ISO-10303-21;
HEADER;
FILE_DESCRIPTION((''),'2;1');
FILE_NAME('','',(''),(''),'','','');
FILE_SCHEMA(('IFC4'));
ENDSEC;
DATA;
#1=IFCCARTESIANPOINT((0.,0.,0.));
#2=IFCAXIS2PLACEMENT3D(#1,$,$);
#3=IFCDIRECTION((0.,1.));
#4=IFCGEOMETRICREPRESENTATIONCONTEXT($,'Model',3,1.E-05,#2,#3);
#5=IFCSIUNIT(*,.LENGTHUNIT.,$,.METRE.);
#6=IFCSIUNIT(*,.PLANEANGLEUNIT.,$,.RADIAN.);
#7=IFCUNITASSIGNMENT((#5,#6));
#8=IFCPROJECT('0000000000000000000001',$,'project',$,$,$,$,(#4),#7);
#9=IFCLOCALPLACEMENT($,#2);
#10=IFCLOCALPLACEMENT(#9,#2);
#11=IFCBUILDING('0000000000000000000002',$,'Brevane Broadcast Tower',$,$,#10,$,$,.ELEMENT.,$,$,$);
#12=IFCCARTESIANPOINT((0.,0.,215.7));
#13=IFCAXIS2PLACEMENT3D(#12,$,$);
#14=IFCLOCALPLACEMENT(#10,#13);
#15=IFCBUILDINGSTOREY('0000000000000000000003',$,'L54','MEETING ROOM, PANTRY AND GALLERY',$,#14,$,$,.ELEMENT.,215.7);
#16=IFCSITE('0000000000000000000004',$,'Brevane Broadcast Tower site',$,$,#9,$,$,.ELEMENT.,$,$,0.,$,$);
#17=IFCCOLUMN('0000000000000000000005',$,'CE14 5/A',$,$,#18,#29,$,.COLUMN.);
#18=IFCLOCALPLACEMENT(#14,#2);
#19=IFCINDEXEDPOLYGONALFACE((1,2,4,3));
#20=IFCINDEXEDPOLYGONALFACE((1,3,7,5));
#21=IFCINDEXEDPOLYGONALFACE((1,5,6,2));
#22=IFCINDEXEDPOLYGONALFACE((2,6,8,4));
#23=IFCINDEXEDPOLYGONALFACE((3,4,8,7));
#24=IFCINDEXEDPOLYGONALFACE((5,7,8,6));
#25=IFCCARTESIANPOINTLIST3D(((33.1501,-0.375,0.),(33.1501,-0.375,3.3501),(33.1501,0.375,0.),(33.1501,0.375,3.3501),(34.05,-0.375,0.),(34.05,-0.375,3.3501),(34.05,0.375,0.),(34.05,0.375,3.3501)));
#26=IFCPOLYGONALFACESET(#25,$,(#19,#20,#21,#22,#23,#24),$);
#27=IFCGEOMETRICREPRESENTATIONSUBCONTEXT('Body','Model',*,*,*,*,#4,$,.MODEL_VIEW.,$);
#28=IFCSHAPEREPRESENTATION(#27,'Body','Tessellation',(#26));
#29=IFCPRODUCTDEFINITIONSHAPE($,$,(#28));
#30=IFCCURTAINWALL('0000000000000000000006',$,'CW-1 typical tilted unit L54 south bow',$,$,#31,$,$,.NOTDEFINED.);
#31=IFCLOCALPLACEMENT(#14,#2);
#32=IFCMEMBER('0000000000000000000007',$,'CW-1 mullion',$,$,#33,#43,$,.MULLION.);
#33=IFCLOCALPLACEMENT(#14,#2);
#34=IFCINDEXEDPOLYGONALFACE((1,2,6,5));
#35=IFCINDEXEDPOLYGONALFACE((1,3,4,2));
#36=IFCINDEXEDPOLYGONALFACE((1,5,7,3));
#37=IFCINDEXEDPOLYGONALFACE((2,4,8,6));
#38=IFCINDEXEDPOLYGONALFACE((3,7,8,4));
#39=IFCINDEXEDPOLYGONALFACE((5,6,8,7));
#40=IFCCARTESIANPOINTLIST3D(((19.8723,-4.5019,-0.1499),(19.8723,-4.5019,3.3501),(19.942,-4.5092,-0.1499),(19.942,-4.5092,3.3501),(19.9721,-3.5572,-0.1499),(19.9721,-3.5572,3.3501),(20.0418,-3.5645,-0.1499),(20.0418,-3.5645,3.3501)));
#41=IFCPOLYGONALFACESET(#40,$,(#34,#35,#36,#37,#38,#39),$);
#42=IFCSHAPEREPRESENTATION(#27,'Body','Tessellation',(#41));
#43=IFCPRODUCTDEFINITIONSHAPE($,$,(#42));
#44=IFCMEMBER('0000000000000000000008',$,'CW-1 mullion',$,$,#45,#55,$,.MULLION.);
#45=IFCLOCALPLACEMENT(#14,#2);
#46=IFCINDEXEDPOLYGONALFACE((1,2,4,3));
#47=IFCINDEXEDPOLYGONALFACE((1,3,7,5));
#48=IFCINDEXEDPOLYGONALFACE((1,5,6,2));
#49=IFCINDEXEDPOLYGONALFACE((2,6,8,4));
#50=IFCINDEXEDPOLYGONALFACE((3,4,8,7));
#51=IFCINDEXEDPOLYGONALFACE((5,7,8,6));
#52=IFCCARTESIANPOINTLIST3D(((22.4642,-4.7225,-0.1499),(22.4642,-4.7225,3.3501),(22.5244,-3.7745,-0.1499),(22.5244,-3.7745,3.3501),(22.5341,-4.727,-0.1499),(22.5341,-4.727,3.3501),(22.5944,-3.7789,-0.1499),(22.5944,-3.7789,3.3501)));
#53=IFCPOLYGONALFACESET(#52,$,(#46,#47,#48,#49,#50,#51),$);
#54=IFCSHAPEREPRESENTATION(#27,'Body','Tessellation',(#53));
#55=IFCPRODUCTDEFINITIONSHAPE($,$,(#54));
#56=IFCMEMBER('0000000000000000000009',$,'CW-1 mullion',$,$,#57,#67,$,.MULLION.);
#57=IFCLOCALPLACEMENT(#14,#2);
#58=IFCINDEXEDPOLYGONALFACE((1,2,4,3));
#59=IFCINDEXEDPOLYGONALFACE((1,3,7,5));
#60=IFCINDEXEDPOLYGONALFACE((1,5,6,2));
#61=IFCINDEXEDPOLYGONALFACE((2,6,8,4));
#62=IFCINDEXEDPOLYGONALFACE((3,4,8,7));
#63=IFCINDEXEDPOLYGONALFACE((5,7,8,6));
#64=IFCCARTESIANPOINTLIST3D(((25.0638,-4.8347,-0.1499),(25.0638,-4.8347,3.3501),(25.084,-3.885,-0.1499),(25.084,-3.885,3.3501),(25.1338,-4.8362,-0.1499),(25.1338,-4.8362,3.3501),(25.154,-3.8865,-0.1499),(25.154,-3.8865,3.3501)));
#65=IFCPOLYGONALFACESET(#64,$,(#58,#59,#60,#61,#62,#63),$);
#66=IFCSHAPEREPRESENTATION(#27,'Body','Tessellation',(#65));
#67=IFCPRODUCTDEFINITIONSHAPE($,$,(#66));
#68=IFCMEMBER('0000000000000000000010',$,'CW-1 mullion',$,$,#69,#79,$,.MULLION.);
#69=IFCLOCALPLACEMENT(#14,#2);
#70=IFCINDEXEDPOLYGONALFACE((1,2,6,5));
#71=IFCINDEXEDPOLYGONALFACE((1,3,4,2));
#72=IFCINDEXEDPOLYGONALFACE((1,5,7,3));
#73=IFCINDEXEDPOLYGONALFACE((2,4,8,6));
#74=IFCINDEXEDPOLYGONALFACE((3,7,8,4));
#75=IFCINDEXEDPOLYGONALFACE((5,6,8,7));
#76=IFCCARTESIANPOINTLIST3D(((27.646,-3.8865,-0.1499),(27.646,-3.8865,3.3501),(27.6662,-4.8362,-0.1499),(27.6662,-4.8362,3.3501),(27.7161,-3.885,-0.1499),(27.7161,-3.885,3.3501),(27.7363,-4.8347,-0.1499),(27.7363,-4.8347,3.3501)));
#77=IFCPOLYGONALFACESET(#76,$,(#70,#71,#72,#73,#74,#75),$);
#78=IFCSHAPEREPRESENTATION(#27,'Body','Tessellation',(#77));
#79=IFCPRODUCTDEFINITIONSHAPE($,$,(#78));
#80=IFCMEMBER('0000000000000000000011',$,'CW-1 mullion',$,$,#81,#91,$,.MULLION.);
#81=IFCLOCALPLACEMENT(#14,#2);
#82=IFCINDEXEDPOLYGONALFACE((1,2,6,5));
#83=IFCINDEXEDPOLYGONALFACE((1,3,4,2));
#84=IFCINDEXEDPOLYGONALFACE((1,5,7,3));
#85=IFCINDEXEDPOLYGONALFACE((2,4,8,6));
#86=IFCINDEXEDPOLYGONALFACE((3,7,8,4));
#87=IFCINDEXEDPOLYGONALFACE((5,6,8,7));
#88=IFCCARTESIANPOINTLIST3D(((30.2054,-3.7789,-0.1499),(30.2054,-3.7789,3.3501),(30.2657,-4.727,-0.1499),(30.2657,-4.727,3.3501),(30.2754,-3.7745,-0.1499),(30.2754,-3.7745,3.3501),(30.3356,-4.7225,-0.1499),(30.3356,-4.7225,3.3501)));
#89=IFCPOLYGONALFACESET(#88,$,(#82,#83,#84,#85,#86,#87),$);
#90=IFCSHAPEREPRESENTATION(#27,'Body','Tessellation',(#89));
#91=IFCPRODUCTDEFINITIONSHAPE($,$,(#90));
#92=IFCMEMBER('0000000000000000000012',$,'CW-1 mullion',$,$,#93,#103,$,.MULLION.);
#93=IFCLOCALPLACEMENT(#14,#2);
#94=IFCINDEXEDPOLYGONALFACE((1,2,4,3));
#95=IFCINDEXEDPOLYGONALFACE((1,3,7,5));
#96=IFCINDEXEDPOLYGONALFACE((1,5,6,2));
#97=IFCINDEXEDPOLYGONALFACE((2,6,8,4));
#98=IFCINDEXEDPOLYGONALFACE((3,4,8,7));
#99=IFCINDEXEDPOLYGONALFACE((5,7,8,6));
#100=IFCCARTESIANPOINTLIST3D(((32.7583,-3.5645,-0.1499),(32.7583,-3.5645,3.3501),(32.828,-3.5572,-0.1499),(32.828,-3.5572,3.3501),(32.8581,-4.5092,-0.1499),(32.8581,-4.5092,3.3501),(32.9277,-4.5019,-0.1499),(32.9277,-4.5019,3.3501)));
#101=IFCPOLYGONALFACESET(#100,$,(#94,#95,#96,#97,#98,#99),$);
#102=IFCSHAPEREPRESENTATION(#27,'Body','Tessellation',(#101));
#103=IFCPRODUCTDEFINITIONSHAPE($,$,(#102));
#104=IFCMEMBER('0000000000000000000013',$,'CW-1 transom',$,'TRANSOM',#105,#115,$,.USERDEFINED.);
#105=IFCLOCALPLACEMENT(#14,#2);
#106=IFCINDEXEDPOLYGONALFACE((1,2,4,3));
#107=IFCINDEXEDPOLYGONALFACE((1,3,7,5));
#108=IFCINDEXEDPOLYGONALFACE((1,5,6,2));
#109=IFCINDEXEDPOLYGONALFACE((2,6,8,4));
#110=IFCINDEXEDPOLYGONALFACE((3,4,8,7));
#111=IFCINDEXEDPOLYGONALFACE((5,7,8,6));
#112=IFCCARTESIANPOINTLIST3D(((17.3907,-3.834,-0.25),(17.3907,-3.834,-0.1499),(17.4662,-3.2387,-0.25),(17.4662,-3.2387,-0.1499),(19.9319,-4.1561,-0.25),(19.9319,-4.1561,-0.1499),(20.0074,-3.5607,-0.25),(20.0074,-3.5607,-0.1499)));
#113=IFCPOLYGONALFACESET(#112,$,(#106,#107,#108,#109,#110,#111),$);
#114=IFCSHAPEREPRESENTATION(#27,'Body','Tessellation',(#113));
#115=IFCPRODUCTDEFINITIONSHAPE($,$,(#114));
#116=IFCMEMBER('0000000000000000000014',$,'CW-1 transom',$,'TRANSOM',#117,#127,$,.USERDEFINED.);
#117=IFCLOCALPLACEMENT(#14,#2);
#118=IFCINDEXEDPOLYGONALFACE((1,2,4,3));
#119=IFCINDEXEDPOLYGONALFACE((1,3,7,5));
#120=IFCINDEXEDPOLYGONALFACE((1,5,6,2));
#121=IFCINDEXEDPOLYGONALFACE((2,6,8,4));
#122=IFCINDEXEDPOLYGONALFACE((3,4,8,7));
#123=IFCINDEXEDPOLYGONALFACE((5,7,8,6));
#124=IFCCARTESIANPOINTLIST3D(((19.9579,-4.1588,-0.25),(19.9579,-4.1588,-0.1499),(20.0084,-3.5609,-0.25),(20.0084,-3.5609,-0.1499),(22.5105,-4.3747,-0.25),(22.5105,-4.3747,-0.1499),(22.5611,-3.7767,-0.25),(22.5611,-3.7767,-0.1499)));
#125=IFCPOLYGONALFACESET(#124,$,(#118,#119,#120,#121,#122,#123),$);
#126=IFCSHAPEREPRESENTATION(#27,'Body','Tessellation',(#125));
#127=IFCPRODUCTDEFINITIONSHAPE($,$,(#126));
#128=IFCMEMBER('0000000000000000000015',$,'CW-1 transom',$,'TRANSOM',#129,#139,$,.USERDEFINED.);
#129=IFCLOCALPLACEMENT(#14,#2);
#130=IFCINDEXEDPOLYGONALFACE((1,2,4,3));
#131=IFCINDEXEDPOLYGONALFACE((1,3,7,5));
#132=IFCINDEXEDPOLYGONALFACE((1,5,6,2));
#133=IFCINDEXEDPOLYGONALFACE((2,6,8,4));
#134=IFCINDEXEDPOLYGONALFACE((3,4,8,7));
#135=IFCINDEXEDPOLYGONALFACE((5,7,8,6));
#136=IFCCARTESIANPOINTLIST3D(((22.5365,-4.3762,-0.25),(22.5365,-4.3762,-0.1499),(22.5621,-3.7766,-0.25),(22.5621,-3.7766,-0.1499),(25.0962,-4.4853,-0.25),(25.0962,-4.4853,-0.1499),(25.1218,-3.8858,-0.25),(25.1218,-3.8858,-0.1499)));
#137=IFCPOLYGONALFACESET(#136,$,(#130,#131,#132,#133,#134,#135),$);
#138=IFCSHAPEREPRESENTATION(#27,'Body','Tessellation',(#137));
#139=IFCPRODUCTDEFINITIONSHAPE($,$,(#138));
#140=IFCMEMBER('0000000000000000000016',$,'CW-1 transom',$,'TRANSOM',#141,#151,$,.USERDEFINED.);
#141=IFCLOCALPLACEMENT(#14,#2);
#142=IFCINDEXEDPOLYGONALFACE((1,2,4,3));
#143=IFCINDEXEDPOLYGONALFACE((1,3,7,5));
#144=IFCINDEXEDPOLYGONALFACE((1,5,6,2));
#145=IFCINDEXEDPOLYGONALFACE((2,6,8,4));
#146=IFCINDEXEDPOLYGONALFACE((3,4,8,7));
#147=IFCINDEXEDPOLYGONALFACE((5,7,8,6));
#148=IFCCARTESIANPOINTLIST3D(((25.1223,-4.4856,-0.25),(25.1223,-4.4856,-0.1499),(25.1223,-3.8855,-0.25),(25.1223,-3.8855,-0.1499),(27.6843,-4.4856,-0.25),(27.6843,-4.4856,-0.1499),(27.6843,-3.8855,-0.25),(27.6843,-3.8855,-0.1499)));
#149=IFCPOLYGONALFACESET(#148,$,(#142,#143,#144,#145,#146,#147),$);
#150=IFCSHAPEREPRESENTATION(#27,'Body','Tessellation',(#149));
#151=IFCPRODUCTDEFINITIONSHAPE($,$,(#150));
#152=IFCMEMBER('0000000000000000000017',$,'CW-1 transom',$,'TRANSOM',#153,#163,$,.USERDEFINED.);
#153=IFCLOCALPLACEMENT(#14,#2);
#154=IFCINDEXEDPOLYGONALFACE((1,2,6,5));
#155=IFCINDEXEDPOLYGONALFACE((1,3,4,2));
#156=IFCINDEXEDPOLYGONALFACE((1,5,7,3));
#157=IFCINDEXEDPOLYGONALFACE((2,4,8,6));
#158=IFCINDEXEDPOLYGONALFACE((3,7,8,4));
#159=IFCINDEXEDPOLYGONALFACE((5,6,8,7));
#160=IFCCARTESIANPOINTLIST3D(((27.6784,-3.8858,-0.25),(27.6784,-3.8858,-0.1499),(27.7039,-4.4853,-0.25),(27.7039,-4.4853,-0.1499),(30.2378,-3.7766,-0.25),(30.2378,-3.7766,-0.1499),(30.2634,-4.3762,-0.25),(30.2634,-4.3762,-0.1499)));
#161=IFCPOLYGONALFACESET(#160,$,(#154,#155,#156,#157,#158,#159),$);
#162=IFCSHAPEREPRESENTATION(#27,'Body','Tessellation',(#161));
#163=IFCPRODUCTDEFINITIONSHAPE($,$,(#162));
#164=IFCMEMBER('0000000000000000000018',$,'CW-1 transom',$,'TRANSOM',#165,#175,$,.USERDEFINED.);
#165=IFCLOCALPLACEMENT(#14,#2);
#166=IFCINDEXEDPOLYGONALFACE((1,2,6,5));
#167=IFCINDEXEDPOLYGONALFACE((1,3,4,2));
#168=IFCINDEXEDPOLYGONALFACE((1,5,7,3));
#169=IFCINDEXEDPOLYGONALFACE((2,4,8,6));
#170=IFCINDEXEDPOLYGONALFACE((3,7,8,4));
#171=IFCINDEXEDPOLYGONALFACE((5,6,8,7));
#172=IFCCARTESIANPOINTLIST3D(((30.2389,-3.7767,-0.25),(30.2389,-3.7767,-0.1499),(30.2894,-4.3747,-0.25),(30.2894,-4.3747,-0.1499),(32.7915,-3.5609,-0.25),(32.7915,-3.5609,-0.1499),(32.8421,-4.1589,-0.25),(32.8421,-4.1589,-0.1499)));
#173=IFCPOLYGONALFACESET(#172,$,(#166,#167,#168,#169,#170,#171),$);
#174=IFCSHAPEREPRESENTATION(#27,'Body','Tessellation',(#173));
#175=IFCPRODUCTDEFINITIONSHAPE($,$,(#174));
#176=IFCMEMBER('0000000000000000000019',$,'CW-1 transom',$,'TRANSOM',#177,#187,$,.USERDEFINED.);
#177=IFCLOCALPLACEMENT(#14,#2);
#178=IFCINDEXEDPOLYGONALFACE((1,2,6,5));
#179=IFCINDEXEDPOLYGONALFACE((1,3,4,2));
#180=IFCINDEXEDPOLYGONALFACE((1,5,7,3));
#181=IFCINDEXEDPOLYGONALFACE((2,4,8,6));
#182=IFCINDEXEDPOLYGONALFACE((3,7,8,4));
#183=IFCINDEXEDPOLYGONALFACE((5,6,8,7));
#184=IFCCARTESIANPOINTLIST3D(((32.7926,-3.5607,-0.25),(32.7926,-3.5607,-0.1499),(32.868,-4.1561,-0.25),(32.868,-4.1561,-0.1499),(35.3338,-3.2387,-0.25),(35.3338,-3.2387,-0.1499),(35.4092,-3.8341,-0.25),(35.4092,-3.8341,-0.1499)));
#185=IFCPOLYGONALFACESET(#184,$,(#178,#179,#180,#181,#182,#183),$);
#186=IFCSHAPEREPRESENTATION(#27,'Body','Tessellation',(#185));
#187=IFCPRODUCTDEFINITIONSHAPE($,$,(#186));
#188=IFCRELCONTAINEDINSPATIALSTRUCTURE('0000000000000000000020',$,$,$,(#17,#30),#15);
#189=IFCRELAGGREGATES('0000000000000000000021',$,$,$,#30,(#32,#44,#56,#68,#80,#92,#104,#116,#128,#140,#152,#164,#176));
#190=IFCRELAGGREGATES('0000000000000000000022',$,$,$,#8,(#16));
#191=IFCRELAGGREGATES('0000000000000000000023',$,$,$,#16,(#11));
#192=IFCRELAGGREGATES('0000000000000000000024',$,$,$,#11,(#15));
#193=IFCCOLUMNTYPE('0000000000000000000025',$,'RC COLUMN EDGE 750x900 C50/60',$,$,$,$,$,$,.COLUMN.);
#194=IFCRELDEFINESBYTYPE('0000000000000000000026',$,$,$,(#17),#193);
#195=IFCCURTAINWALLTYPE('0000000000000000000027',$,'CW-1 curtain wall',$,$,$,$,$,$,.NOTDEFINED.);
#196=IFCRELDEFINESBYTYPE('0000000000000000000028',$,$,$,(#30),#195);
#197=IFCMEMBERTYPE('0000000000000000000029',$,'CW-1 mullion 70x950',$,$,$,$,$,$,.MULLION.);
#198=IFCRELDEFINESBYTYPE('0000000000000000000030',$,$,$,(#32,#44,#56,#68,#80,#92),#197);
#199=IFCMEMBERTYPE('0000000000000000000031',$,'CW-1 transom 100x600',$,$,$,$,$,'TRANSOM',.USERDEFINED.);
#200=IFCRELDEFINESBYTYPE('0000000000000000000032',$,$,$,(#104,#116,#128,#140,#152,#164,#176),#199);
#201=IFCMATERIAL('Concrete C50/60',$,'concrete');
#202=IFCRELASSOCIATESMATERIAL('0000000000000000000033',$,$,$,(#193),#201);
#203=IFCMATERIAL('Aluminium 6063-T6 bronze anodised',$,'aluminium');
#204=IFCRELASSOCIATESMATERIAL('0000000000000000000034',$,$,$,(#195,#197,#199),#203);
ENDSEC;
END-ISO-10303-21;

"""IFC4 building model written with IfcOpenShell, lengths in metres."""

from ifc_helpers import new_model, si_unit, direction, frame, origin, origin_2d, place, context, subcontext, project, spatial, rectangle, extrude, material, material_profile, profile_set, type_object, element, aggregate, save


model = new_model("IFC4")

# Units and contexts
model_context = context("Model", 3, precision=1e-05, world=origin(), true_north=direction((0.0, 1.0)))
body_context = subcontext(model_context, "Body", "Model", "MODEL_VIEW")
ifc_project = project(units=[si_unit("LENGTHUNIT", "METRE"), si_unit("PLANEANGLEUNIT", "RADIAN")], contexts=[model_context])

# Site, building, storey
site_placement = place(None, origin())
site = spatial("IfcSite", under=ifc_project, at=site_placement, Name="Brevane Broadcast Tower site", CompositionType="ELEMENT", RefElevation=0.0)
building_placement = place(site_placement, origin())
building = spatial("IfcBuilding", under=site, at=building_placement, Name="Brevane Broadcast Tower", CompositionType="ELEMENT")
storey_placement = place(building_placement, frame((0.0, 0.0, 215.7)))
storey = spatial("IfcBuildingStorey", under=building, at=storey_placement, Name="L54", Description="MEETING ROOM, PANTRY AND GALLERY", CompositionType="ELEMENT", Elevation=215.7)

# Column
ifc_material_1 = material(Name="Concrete C50/60", Category="concrete")
ifc_material_profile_1 = material_profile(ifc_material_1, rectangle(XDim=0.75, YDim=0.8999, at=origin_2d()), Name="RC 750x900")
ifc_profile_set_1 = profile_set([ifc_material_profile_1], Name="Concrete C50/60")
column_type = type_object("IfcColumnType", Name="RC COLUMN EDGE 750x900 C50/60", PredefinedType="COLUMN", material=ifc_profile_set_1)
column_placement = place(storey_placement, frame((33.6001, 0.0, 0.0), z_axis=(0.0, 0.0, 1.0), x_axis=(0.0, 1.0, 0.0)))
element("IfcColumn", 1, at=column_placement, inside=storey, type_object=column_type, Name="CE14 5/A", PredefinedType="COLUMN", context=body_context, shape_type="SweptSolid", body=[
    extrude(rectangle(XDim=0.75, YDim=0.8999, at=origin_2d()), origin(), (0.0, 0.0, 1.0), 3.3501),
])

# Curtain wall, members
ifc_material_2 = material(Name="Aluminium 6063-T6 bronze anodised", Category="aluminium")
curtain_wall_type = type_object("IfcCurtainWallType", Name="CW-1 curtain wall", PredefinedType="NOTDEFINED", material=ifc_material_2)
curtain_wall_placement = place(storey_placement, origin())
curtain_wall = element("IfcCurtainWall", 2, at=curtain_wall_placement, inside=storey, type_object=curtain_wall_type, Name="CW-1 typical tilted unit L54 south bow", PredefinedType="NOTDEFINED")
ifc_material_profile_2 = material_profile(ifc_material_2, rectangle(XDim=0.95, YDim=0.0701, at=origin_2d()), Name="RECT 70x950")
ifc_profile_set_2 = profile_set([ifc_material_profile_2], Name="Aluminium 6063-T6 bronze anodised")
member_type_1 = type_object("IfcMemberType", Name="CW-1 mullion 70x950", PredefinedType="MULLION", material=ifc_profile_set_2)
member_1_placement = place(storey_placement, frame((19.957, -4.0332, -0.1499), z_axis=(0.0, 0.0, 1.0), x_axis=(0.105018, 0.99447, 0.0)))
member_1 = element("IfcMember", 3, at=member_1_placement, type_object=member_type_1, Name="CW-1 mullion", PredefinedType="MULLION", context=body_context, shape_type="SweptSolid", body=[
    extrude(rectangle(XDim=0.95, YDim=0.0701, at=origin_2d()), origin(), (0.0, 0.0, 1.0), 3.5),
])
member_2_placement = place(storey_placement, frame((22.5293, -4.2507, -0.1499), z_axis=(0.0, 0.0, 1.0), x_axis=(0.063406, 0.997988, 0.0)))
member_2 = element("IfcMember", 4, at=member_2_placement, type_object=member_type_1, Name="CW-1 mullion", PredefinedType="MULLION", context=body_context, shape_type="SweptSolid", body=[
    extrude(rectangle(XDim=0.95, YDim=0.0701, at=origin_2d()), origin(), (0.0, 0.0, 1.0), 3.5),
])
member_3_placement = place(storey_placement, frame((25.1089, -4.3606, -0.1499), z_axis=(0.0, 0.0, 1.0), x_axis=(0.021282, 0.999774, 0.0)))
member_3 = element("IfcMember", 5, at=member_3_placement, type_object=member_type_1, Name="CW-1 mullion", PredefinedType="MULLION", context=body_context, shape_type="SweptSolid", body=[
    extrude(rectangle(XDim=0.95, YDim=0.0701, at=origin_2d()), origin(), (0.0, 0.0, 1.0), 3.5),
])
member_4_placement = place(storey_placement, frame((27.6912, -4.3606, -0.1499), z_axis=(0.0, 0.0, 1.0), x_axis=(-0.021282, 0.999774, 0.0)))
member_4 = element("IfcMember", 6, at=member_4_placement, type_object=member_type_1, Name="CW-1 mullion", PredefinedType="MULLION", context=body_context, shape_type="SweptSolid", body=[
    extrude(rectangle(XDim=0.95, YDim=0.0701, at=origin_2d()), origin(), (0.0, 0.0, 1.0), 3.5),
])
member_5_placement = place(storey_placement, frame((30.2705, -4.2507, -0.1499), z_axis=(0.0, 0.0, 1.0), x_axis=(-0.063406, 0.997988, 0.0)))
member_5 = element("IfcMember", 7, at=member_5_placement, type_object=member_type_1, Name="CW-1 mullion", PredefinedType="MULLION", context=body_context, shape_type="SweptSolid", body=[
    extrude(rectangle(XDim=0.95, YDim=0.0701, at=origin_2d()), origin(), (0.0, 0.0, 1.0), 3.5),
])
member_6_placement = place(storey_placement, frame((32.843, -4.0332, -0.1499), z_axis=(0.0, 0.0, 1.0), x_axis=(-0.105018, 0.99447, 0.0)))
member_6 = element("IfcMember", 8, at=member_6_placement, type_object=member_type_1, Name="CW-1 mullion", PredefinedType="MULLION", context=body_context, shape_type="SweptSolid", body=[
    extrude(rectangle(XDim=0.95, YDim=0.0701, at=origin_2d()), origin(), (0.0, 0.0, 1.0), 3.5),
])
ifc_material_profile_3 = material_profile(ifc_material_2, rectangle(XDim=0.6001, YDim=0.1001, at=origin_2d()), Name="RECT 100x600")
ifc_profile_set_3 = profile_set([ifc_material_profile_3], Name="Aluminium 6063-T6 bronze anodised")
member_type_2 = type_object("IfcMemberType", Name="CW-1 transom 100x600", ElementType="TRANSOM", PredefinedType="USERDEFINED", material=ifc_profile_set_3)
member_7_placement = place(storey_placement, frame((17.4285, -3.5364, -0.2), z_axis=(0.992067, -0.125712, 0.0), x_axis=(0.125712, 0.992067, 0.0)))
member_7 = element("IfcMember", 9, at=member_7_placement, type_object=member_type_2, Name="CW-1 transom", ObjectType="TRANSOM", PredefinedType="USERDEFINED", context=body_context, shape_type="SweptSolid", body=[
    extrude(rectangle(XDim=0.6001, YDim=0.1001, at=origin_2d()), origin(), (0.0, 0.0, 1.0), 2.5615),
])
member_8_placement = place(storey_placement, frame((19.9832, -3.8599, -0.2), z_axis=(0.996445, -0.084244, 0.0), x_axis=(0.084244, 0.996445, 0.0)))
member_8 = element("IfcMember", 10, at=member_8_placement, type_object=member_type_2, Name="CW-1 transom", ObjectType="TRANSOM", PredefinedType="USERDEFINED", context=body_context, shape_type="SweptSolid", body=[
    extrude(rectangle(XDim=0.6001, YDim=0.1001, at=origin_2d()), origin(), (0.0, 0.0, 1.0), 2.5618),
])
member_9_placement = place(storey_placement, frame((22.5493, -4.0764, -0.2), z_axis=(0.999092, -0.042598, 0.0), x_axis=(0.042598, 0.999092, 0.0)))
member_9 = element("IfcMember", 11, at=member_9_placement, type_object=member_type_2, Name="CW-1 transom", ObjectType="TRANSOM", PredefinedType="USERDEFINED", context=body_context, shape_type="SweptSolid", body=[
    extrude(rectangle(XDim=0.6001, YDim=0.1001, at=origin_2d()), origin(), (0.0, 0.0, 1.0), 2.562),
])
member_10_placement = place(storey_placement, frame((25.1223, -4.1855, -0.2), z_axis=(1.0, 0.0, 0.0), x_axis=(0.0, 1.0, 0.0)))
member_10 = element("IfcMember", 12, at=member_10_placement, type_object=member_type_2, Name="CW-1 transom", ObjectType="TRANSOM", PredefinedType="USERDEFINED", context=body_context, shape_type="SweptSolid", body=[
    extrude(rectangle(XDim=0.6001, YDim=0.1001, at=origin_2d()), origin(), (0.0, 0.0, 1.0), 2.562),
])
member_11_placement = place(storey_placement, frame((27.6912, -4.1855, -0.2), z_axis=(0.999092, 0.042602, 0.0), x_axis=(-0.042602, 0.999092, 0.0)))
member_11 = element("IfcMember", 13, at=member_11_placement, type_object=member_type_2, Name="CW-1 transom", ObjectType="TRANSOM", PredefinedType="USERDEFINED", context=body_context, shape_type="SweptSolid", body=[
    extrude(rectangle(XDim=0.6001, YDim=0.1001, at=origin_2d()), origin(), (0.0, 0.0, 1.0), 2.5618),
])
member_12_placement = place(storey_placement, frame((30.2642, -4.0757, -0.2), z_axis=(0.996445, 0.084244, 0.0), x_axis=(-0.084244, 0.996445, 0.0)))
member_12 = element("IfcMember", 14, at=member_12_placement, type_object=member_type_2, Name="CW-1 transom", ObjectType="TRANSOM", PredefinedType="USERDEFINED", context=body_context, shape_type="SweptSolid", body=[
    extrude(rectangle(XDim=0.6001, YDim=0.1001, at=origin_2d()), origin(), (0.0, 0.0, 1.0), 2.5618),
])
member_13_placement = place(storey_placement, frame((32.8303, -3.8584, -0.2), z_axis=(0.992067, 0.125712, 0.0), x_axis=(-0.125712, 0.992067, 0.0)))
member_13 = element("IfcMember", 15, at=member_13_placement, type_object=member_type_2, Name="CW-1 transom", ObjectType="TRANSOM", PredefinedType="USERDEFINED", context=body_context, shape_type="SweptSolid", body=[
    extrude(rectangle(XDim=0.6001, YDim=0.1001, at=origin_2d()), origin(), (0.0, 0.0, 1.0), 2.5615),
])
aggregate(curtain_wall, [member_1, member_2, member_3, member_4, member_5, member_6, member_7, member_8, member_9, member_10, member_11, member_12, member_13])

save(model, "model.ifc")
